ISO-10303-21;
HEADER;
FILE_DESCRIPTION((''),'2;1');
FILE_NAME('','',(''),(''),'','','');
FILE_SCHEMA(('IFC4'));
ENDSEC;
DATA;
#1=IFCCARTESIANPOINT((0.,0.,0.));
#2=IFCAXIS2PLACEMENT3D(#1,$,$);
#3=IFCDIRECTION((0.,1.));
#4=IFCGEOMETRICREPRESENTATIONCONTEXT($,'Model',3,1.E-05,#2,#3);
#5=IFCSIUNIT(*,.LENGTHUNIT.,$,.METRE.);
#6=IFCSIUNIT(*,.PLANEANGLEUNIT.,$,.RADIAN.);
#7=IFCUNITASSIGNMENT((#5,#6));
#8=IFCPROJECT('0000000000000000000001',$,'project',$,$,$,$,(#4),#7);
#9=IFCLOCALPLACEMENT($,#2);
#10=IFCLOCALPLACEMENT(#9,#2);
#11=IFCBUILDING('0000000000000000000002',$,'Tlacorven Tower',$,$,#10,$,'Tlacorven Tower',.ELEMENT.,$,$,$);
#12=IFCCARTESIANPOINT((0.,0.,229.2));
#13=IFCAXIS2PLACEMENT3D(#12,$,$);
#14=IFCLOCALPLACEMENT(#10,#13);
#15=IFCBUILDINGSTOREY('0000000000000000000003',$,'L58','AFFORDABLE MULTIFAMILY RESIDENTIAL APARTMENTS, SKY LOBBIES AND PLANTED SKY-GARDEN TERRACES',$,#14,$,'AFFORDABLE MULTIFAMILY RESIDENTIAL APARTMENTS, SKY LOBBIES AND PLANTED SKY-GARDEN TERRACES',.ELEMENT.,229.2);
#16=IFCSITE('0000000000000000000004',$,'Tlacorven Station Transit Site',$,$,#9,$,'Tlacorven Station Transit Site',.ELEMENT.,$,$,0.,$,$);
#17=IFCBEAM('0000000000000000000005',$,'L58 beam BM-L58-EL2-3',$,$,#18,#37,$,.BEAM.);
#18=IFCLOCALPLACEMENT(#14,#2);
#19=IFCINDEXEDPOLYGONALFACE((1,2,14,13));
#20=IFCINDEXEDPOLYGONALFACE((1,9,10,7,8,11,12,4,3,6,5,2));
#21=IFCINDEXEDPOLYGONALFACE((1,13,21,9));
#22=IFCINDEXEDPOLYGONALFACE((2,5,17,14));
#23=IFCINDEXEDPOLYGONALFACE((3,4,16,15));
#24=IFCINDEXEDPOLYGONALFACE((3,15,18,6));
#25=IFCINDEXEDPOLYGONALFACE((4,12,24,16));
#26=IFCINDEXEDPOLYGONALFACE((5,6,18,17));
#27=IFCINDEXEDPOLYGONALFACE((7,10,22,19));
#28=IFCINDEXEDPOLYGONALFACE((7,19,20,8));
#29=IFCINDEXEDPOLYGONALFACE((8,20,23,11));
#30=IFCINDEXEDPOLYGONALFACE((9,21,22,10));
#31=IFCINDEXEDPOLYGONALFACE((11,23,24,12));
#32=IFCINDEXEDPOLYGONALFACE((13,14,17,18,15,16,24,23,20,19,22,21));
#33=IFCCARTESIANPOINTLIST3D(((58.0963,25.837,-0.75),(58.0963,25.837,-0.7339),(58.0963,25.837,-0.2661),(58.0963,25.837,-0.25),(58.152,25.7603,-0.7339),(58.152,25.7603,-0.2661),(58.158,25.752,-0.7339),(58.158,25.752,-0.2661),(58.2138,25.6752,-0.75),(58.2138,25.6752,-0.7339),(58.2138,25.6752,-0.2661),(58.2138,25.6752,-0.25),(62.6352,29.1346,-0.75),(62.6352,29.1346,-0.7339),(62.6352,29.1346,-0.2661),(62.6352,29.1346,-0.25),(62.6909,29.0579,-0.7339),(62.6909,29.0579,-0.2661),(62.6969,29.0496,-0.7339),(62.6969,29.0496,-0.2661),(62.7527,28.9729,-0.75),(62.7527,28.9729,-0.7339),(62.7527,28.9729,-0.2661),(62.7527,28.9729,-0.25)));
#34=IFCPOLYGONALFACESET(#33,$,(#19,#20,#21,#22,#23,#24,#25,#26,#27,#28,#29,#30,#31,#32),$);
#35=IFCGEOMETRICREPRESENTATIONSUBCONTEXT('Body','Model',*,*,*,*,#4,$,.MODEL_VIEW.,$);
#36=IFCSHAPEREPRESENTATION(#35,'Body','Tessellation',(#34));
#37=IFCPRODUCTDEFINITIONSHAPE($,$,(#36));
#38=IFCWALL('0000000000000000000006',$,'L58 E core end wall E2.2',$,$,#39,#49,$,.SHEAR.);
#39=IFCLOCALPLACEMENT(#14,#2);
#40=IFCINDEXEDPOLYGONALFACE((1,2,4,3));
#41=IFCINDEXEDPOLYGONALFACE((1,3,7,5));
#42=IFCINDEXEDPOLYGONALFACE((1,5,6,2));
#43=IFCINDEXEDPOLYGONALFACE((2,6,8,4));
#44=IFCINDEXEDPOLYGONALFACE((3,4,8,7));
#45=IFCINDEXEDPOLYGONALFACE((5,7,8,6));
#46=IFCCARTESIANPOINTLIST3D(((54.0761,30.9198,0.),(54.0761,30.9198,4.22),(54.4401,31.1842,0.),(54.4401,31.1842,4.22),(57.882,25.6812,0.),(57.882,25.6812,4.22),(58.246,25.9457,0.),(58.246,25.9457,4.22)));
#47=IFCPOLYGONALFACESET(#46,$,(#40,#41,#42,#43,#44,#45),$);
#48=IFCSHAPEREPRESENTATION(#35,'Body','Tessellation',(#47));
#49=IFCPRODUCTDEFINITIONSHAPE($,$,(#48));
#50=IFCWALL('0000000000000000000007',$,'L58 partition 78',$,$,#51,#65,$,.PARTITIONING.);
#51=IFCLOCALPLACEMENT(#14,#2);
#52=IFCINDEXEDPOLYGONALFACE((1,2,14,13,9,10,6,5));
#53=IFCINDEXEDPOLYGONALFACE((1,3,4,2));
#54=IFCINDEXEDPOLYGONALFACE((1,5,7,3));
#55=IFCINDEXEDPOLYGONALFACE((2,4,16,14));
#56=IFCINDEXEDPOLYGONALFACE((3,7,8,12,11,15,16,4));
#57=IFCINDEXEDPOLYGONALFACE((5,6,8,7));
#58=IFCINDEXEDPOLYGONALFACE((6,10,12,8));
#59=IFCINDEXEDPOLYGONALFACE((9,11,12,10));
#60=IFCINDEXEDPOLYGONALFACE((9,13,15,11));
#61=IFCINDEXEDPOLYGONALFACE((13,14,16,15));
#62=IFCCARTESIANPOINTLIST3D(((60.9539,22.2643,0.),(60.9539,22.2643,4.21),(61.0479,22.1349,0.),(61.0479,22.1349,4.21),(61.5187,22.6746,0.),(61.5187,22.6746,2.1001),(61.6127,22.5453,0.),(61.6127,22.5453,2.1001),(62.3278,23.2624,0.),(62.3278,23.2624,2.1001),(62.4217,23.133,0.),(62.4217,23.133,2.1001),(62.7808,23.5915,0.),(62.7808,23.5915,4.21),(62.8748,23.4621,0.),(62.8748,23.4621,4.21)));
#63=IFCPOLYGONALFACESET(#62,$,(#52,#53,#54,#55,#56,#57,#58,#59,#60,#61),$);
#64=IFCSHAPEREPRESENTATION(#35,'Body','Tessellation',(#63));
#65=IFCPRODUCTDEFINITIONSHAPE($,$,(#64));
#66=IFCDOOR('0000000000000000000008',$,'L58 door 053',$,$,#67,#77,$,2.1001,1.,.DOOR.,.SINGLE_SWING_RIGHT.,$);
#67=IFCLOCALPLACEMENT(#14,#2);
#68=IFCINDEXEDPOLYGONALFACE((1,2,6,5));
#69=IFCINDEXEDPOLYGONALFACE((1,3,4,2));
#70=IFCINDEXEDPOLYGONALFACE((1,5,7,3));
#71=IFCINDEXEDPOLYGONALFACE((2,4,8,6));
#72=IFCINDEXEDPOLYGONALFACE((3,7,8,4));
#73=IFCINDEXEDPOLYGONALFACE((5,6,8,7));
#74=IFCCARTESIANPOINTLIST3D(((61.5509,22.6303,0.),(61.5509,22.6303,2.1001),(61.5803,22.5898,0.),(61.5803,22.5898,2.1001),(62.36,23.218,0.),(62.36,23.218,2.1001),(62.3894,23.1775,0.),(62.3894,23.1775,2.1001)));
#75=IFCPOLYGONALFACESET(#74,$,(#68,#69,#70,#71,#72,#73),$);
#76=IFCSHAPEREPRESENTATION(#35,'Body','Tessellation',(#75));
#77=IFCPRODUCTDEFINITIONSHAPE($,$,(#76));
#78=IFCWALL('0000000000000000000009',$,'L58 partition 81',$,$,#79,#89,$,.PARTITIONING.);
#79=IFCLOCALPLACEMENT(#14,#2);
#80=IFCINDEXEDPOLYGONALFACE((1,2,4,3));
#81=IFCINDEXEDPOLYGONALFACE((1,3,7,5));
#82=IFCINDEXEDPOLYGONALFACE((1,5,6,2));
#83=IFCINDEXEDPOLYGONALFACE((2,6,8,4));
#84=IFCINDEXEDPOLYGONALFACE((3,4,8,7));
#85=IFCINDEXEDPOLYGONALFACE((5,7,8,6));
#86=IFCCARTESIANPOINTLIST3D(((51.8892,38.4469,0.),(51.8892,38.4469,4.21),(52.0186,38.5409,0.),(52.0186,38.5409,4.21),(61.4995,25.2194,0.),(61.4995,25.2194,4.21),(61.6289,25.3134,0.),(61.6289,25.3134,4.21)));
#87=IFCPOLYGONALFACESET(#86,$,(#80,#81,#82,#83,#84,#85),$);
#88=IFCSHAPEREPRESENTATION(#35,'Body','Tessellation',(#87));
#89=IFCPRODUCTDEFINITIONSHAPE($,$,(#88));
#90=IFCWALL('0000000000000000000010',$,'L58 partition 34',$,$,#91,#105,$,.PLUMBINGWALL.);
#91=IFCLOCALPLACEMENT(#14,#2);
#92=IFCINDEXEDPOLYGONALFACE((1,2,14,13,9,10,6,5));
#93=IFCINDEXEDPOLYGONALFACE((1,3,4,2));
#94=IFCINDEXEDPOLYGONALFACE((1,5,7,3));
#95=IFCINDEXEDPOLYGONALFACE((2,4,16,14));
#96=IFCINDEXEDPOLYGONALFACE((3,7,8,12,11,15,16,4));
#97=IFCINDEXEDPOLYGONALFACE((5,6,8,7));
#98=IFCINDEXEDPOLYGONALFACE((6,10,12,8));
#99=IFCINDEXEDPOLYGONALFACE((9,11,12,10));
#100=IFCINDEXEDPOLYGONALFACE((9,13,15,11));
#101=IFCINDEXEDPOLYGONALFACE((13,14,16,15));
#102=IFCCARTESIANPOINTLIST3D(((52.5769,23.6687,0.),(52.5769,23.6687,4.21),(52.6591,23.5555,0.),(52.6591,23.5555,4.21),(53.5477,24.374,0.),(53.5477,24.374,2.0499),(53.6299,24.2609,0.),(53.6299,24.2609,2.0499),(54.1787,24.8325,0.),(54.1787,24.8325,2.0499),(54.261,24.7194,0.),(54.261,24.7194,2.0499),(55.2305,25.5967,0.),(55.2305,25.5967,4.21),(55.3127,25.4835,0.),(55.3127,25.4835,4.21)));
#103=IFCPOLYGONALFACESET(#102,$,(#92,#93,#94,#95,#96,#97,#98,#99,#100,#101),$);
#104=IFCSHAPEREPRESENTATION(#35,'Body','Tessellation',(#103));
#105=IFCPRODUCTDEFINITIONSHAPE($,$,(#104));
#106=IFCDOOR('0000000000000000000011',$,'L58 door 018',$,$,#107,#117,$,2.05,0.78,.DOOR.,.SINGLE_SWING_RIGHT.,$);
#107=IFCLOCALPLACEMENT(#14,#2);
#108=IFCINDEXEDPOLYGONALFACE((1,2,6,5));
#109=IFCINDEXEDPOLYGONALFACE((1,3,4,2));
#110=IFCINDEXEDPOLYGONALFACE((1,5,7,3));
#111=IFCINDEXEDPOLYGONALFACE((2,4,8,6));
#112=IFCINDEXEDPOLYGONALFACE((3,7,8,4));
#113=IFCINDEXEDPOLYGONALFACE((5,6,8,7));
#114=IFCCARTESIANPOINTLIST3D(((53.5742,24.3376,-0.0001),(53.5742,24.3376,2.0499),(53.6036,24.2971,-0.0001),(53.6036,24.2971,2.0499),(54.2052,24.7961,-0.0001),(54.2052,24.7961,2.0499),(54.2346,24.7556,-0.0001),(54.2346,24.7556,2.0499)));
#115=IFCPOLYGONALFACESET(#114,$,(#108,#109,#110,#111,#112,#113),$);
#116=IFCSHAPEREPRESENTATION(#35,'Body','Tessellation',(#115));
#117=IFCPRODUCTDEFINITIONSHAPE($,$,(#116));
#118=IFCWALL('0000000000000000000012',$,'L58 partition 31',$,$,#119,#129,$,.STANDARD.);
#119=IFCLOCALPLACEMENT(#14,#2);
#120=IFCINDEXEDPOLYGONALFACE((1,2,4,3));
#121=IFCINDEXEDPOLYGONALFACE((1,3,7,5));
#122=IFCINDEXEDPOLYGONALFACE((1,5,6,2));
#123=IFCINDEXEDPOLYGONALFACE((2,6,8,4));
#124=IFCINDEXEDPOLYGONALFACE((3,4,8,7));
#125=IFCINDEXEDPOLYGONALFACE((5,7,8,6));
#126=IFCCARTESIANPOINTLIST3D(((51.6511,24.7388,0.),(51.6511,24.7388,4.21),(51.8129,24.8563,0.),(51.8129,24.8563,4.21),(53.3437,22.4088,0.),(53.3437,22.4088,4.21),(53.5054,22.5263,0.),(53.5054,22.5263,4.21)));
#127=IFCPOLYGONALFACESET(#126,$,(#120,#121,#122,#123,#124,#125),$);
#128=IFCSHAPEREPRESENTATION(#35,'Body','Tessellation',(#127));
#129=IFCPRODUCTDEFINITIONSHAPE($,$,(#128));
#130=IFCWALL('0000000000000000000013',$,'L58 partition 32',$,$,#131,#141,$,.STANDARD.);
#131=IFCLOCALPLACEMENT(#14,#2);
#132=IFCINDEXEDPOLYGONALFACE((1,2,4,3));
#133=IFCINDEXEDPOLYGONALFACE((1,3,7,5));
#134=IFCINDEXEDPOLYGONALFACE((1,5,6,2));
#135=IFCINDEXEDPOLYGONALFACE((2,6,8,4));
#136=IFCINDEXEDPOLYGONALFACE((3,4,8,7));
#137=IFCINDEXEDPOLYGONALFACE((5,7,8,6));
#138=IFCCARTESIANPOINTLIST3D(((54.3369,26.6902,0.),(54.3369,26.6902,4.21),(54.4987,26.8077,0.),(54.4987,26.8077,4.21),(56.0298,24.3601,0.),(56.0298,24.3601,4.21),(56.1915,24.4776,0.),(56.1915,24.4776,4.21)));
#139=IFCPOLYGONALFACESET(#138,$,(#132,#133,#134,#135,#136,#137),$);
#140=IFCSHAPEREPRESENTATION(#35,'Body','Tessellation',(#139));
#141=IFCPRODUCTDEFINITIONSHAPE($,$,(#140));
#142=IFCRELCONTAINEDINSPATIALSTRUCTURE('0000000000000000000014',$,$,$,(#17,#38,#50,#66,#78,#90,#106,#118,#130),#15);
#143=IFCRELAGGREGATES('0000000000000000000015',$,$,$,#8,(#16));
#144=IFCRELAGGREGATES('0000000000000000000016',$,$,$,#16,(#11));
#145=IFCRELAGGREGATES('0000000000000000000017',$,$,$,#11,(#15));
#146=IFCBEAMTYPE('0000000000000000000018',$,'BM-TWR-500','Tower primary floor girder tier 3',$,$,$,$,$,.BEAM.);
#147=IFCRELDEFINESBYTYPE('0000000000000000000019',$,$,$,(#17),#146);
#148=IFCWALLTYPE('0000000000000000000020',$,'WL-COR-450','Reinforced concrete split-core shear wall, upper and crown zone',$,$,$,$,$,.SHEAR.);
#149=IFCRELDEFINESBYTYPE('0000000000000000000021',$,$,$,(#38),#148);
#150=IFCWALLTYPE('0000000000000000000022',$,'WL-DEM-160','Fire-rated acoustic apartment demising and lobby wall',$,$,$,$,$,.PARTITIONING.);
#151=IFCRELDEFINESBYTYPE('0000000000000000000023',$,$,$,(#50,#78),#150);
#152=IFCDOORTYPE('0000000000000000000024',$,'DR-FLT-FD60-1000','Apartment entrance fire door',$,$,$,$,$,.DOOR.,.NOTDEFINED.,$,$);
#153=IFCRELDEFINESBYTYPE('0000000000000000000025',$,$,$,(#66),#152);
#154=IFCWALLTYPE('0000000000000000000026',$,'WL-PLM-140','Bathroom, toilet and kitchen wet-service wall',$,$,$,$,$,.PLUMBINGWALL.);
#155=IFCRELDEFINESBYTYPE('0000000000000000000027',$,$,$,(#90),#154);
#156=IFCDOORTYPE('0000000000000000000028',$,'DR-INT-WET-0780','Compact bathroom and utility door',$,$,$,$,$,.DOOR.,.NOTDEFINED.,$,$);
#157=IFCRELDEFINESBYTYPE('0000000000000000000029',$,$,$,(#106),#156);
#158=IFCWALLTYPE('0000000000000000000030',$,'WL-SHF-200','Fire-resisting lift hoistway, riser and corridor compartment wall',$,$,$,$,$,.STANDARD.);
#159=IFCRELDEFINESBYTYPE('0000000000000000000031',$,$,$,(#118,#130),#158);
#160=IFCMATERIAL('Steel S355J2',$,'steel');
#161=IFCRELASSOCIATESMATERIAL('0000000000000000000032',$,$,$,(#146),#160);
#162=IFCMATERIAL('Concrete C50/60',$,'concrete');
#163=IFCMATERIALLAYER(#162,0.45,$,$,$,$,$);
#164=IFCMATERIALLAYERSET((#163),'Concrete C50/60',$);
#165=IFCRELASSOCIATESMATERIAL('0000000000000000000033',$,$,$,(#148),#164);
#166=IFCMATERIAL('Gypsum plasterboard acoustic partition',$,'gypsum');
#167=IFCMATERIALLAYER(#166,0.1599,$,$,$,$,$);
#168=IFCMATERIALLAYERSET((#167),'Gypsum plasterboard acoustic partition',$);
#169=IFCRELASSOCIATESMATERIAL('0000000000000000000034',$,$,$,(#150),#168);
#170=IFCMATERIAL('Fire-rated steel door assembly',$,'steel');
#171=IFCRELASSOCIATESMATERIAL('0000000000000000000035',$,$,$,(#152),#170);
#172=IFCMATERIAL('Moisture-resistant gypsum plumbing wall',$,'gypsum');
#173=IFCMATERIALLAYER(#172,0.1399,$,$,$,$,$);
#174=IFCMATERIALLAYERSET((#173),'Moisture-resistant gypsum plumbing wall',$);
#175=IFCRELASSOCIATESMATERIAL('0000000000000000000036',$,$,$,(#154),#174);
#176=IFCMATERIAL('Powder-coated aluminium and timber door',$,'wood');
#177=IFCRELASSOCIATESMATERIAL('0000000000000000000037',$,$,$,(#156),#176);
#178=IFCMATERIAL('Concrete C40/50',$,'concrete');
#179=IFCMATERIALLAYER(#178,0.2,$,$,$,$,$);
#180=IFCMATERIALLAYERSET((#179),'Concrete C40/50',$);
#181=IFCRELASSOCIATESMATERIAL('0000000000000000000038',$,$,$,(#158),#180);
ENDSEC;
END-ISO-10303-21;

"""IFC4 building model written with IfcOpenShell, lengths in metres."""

from ifc_helpers import new_model, si_unit, direction, frame, frame_2d, origin, origin_2d, place, context, subcontext, project, spatial, rectangle, i_section, extrude, source, transform, mapped, material, layer, layer_set, material_profile, profile_set, type_object, element, fill, save


model = new_model("IFC4")

# Units and contexts
model_context = context("Model", 3, precision=1e-05, world=origin(), true_north=direction((0.0, 1.0)))
body_context = subcontext(model_context, "Body", "Model", "MODEL_VIEW")
ifc_project = project(units=[si_unit("LENGTHUNIT", "METRE"), si_unit("PLANEANGLEUNIT", "RADIAN")], contexts=[model_context])

# Site, building, storey
site_placement = place(None, origin())
site = spatial("IfcSite", under=ifc_project, at=site_placement, Name="Tlacorven Station Transit Site", LongName="Tlacorven Station Transit Site", CompositionType="ELEMENT", RefElevation=0.0)
building_placement = place(site_placement, origin())
building = spatial("IfcBuilding", under=site, at=building_placement, Name="Tlacorven Tower", LongName="Tlacorven Tower", CompositionType="ELEMENT")
storey_placement = place(building_placement, frame((0.0, 0.0, 229.2)))
storey = spatial("IfcBuildingStorey", under=building, at=storey_placement, Name="L58", Description="AFFORDABLE MULTIFAMILY RESIDENTIAL APARTMENTS, SKY LOBBIES AND PLANTED SKY-GARDEN TERRACES", LongName="AFFORDABLE MULTIFAMILY RESIDENTIAL APARTMENTS, SKY LOBBIES AND PLANTED SKY-GARDEN TERRACES", CompositionType="ELEMENT", Elevation=229.2)

# Beam
ifc_material_1 = material(Name="Steel S355J2", Category="steel")
ifc_material_profile = material_profile(ifc_material_1, i_section(OverallWidth=0.2, OverallDepth=0.5, WebThickness=0.0103, FlangeThickness=0.0161, at=origin_2d()), Name="IPE 500")
ifc_profile_set = profile_set([ifc_material_profile], Name="Steel S355J2")
beam_type = type_object("IfcBeamType", Name="BM-TWR-500", Description="Tower primary floor girder tier 3", PredefinedType="BEAM", material=ifc_profile_set)
shared_shape_1 = source(origin(), body_context, "Body", "SweptSolid", [
    extrude(i_section(OverallWidth=0.2, OverallDepth=0.5, WebThickness=0.0103, FlangeThickness=0.0161, at=origin_2d()), origin(), (0.0, 0.0, 1.0), 5.6104),
])
beam_placement = place(storey_placement, frame((58.155, 25.7561, -0.5), z_axis=(0.80902, 0.587781, 0.0), x_axis=(-0.587781, 0.80902, 0.0)))
element("IfcBeam", 1, at=beam_placement, inside=storey, type_object=beam_type, Name="L58 beam BM-L58-EL2-3", PredefinedType="BEAM", context=body_context, shape_type="MappedRepresentation", body=[
    mapped(shared_shape_1, transform((0.0, 0.0, 0.0), scale=1.0)),
])

# Wall
ifc_material_2 = material(Name="Concrete C50/60", Category="concrete")
ifc_layer_1 = layer(ifc_material_2, 0.45)
ifc_layer_set_1 = layer_set([ifc_layer_1], Name="Concrete C50/60")
wall_type_1 = type_object("IfcWallType", Name="WL-COR-450", Description="Reinforced concrete split-core shear wall, upper and crown zone", PredefinedType="SHEAR", material=ifc_layer_set_1)
wall_1_placement = place(storey_placement, frame((58.064, 25.8135, 0.0), z_axis=(0.0, 0.0, 1.0), x_axis=(-0.587775, 0.809025, 0.0)))
element("IfcWall", 2, at=wall_1_placement, inside=storey, type_object=wall_type_1, Name="L58 E core end wall E2.2", PredefinedType="SHEAR", context=body_context, shape_type="SweptSolid", body=[
    extrude(rectangle(XDim=6.4751, YDim=0.45, at=frame_2d((3.2375, 0.0))), origin(), (0.0, 0.0, 1.0), 4.22),
])

# Wall, opening, door
ifc_material_3 = material(Name="Gypsum plasterboard acoustic partition", Category="gypsum")
ifc_layer_2 = layer(ifc_material_3, 0.1599)
ifc_layer_set_2 = layer_set([ifc_layer_2], Name="Gypsum plasterboard acoustic partition")
wall_type_2 = type_object("IfcWallType", Name="WL-DEM-160", Description="Fire-rated acoustic apartment demising and lobby wall", PredefinedType="PARTITIONING", material=ifc_layer_set_2)
wall_2_placement = place(storey_placement, frame((61.001, 22.1997, 0.0), z_axis=(0.0, 0.0, 1.0), x_axis=(0.809054, 0.587734, 0.0)))
wall_2 = element("IfcWall", 3, at=wall_2_placement, inside=storey, type_object=wall_type_2, Name="L58 partition 78", PredefinedType="PARTITIONING", context=body_context, shape_type="SweptSolid", body=[
    extrude(rectangle(XDim=2.2581, YDim=0.1599, at=frame_2d((1.1289, 0.0))), origin(), (0.0, 0.0, 1.0), 4.21),
])
opening_1_placement = place(wall_2_placement, frame((0.698, 0.0, 0.0)))
opening_1 = element("IfcOpeningElement", 4, at=opening_1_placement, cuts=wall_2, PredefinedType="OPENING", context=body_context, shape_type="SweptSolid", body=[
    extrude(rectangle(XDim=1.0, YDim=2.1001, at=frame_2d((0.5, 1.05))), frame((0.0, 0.0898, 0.0), z_axis=(0.0, -1.0, 0.0), x_axis=(1.0, 0.0, 0.0)), (0.0, 0.0, 1.0), 0.1799),
])
ifc_material_4 = material(Name="Fire-rated steel door assembly", Category="steel")
door_type_1 = type_object("IfcDoorType", Name="DR-FLT-FD60-1000", Description="Apartment entrance fire door", OperationType="NOTDEFINED", PredefinedType="DOOR", material=ifc_material_4)
shared_shape_2 = source(origin(), body_context, "Body", "SweptSolid", [
    extrude(rectangle(XDim=1.0, YDim=2.1001, at=frame_2d((0.5, 1.05))), frame((0.0, 0.0249, 0.0), z_axis=(0.0, -1.0, 0.0), x_axis=(1.0, 0.0, 0.0)), (0.0, 0.0, 1.0), 0.05),
])
door_1_placement = place(opening_1_placement, frame((1.0, 0.0, 0.0), z_axis=(0.0, 0.0, 1.0), x_axis=(-1.0, 0.0, 0.0)))
door_1 = element("IfcDoor", 5, at=door_1_placement, inside=storey, type_object=door_type_1, Name="L58 door 053", OperationType="SINGLE_SWING_RIGHT", OverallHeight=2.1001, OverallWidth=1.0, PredefinedType="DOOR", context=body_context, shape_type="MappedRepresentation", body=[
    mapped(shared_shape_2, transform((0.0, 0.0, 0.0), scale=1.0)),
])
fill(opening_1, door_1)

# Wall
wall_3_placement = place(storey_placement, frame((61.5642, 25.2664, 0.0), z_axis=(0.0, 0.0, 1.0), x_axis=(-0.587785, 0.809018, 0.0)))
element("IfcWall", 6, at=wall_3_placement, inside=storey, type_object=wall_type_2, Name="L58 partition 81", PredefinedType="PARTITIONING", context=body_context, shape_type="SweptSolid", body=[
    extrude(rectangle(XDim=16.3501, YDim=0.1599, at=frame_2d((8.175, 0.0))), origin(), (0.0, 0.0, 1.0), 4.21),
])

# Wall, opening, door
ifc_material_5 = material(Name="Moisture-resistant gypsum plumbing wall", Category="gypsum")
ifc_layer_3 = layer(ifc_material_5, 0.1399)
ifc_layer_set_3 = layer_set([ifc_layer_3], Name="Moisture-resistant gypsum plumbing wall")
wall_type_3 = type_object("IfcWallType", Name="WL-PLM-140", Description="Bathroom, toilet and kitchen wet-service wall", PredefinedType="PLUMBINGWALL", material=ifc_layer_set_3)
wall_4_placement = place(storey_placement, frame((52.6179, 23.6121, 0.0), z_axis=(0.0, 0.0, 1.0), x_axis=(0.80901, 0.587795, 0.0)))
wall_4 = element("IfcWall", 7, at=wall_4_placement, inside=storey, type_object=wall_type_3, Name="L58 partition 34", PredefinedType="PLUMBINGWALL", context=body_context, shape_type="SweptSolid", body=[
    extrude(rectangle(XDim=3.28, YDim=0.1399, at=frame_2d((1.6401, 0.0))), origin(), (0.0, 0.0, 1.0), 4.21),
])
opening_2_placement = place(wall_4_placement, frame((1.2, 0.0, 0.0)))
opening_2 = element("IfcOpeningElement", 8, at=opening_2_placement, cuts=wall_4, PredefinedType="OPENING", context=body_context, shape_type="SweptSolid", body=[
    extrude(rectangle(XDim=0.78, YDim=2.05, at=frame_2d((0.3901, 1.0249))), frame((0.0, 0.0801, 0.0), z_axis=(0.0, -1.0, 0.0), x_axis=(1.0, 0.0, 0.0)), (0.0, 0.0, 1.0), 0.1599),
])
ifc_material_6 = material(Name="Powder-coated aluminium and timber door", Category="wood")
door_type_2 = type_object("IfcDoorType", Name="DR-INT-WET-0780", Description="Compact bathroom and utility door", OperationType="NOTDEFINED", PredefinedType="DOOR", material=ifc_material_6)
shared_shape_3 = source(origin(), body_context, "Body", "SweptSolid", [
    extrude(rectangle(XDim=0.78, YDim=2.05, at=frame_2d((0.3901, 1.0249))), frame((0.0, 0.0249, 0.0), z_axis=(0.0, -1.0, 0.0), x_axis=(1.0, 0.0, 0.0)), (0.0, 0.0, 1.0), 0.05),
])
door_2_placement = place(opening_2_placement, origin())
door_2 = element("IfcDoor", 9, at=door_2_placement, inside=storey, type_object=door_type_2, Name="L58 door 018", OperationType="SINGLE_SWING_RIGHT", OverallHeight=2.05, OverallWidth=0.78, PredefinedType="DOOR", context=body_context, shape_type="MappedRepresentation", body=[
    mapped(shared_shape_3, transform((0.0, 0.0, 0.0), scale=1.0)),
])
fill(opening_2, door_2)

# Walls
ifc_material_7 = material(Name="Concrete C40/50", Category="concrete")
ifc_layer_4 = layer(ifc_material_7, 0.2)
ifc_layer_set_4 = layer_set([ifc_layer_4], Name="Concrete C40/50")
wall_type_4 = type_object("IfcWallType", Name="WL-SHF-200", Description="Fire-resisting lift hoistway, riser and corridor compartment wall", PredefinedType="STANDARD", material=ifc_layer_set_4)
wall_5_placement = place(storey_placement, frame((53.4246, 22.4675, 0.0), z_axis=(0.0, 0.0, 1.0), x_axis=(-0.587723, 0.809062, 0.0)))
element("IfcWall", 10, at=wall_5_placement, inside=storey, type_object=wall_type_4, Name="L58 partition 31", PredefinedType="STANDARD", context=body_context, shape_type="SweptSolid", body=[
    extrude(rectangle(XDim=2.8799, YDim=0.2, at=frame_2d((1.4399, 0.0))), origin(), (0.0, 0.0, 1.0), 4.21),
])
wall_6_placement = place(storey_placement, frame((56.1106, 24.4189, 0.0), z_axis=(0.0, 0.0, 1.0), x_axis=(-0.587778, 0.809022, 0.0)))
element("IfcWall", 11, at=wall_6_placement, inside=storey, type_object=wall_type_4, Name="L58 partition 32", PredefinedType="STANDARD", context=body_context, shape_type="SweptSolid", body=[
    extrude(rectangle(XDim=2.8801, YDim=0.2, at=frame_2d((1.4399, 0.0))), origin(), (0.0, 0.0, 1.0), 4.21),
])

save(model, "model.ifc")
